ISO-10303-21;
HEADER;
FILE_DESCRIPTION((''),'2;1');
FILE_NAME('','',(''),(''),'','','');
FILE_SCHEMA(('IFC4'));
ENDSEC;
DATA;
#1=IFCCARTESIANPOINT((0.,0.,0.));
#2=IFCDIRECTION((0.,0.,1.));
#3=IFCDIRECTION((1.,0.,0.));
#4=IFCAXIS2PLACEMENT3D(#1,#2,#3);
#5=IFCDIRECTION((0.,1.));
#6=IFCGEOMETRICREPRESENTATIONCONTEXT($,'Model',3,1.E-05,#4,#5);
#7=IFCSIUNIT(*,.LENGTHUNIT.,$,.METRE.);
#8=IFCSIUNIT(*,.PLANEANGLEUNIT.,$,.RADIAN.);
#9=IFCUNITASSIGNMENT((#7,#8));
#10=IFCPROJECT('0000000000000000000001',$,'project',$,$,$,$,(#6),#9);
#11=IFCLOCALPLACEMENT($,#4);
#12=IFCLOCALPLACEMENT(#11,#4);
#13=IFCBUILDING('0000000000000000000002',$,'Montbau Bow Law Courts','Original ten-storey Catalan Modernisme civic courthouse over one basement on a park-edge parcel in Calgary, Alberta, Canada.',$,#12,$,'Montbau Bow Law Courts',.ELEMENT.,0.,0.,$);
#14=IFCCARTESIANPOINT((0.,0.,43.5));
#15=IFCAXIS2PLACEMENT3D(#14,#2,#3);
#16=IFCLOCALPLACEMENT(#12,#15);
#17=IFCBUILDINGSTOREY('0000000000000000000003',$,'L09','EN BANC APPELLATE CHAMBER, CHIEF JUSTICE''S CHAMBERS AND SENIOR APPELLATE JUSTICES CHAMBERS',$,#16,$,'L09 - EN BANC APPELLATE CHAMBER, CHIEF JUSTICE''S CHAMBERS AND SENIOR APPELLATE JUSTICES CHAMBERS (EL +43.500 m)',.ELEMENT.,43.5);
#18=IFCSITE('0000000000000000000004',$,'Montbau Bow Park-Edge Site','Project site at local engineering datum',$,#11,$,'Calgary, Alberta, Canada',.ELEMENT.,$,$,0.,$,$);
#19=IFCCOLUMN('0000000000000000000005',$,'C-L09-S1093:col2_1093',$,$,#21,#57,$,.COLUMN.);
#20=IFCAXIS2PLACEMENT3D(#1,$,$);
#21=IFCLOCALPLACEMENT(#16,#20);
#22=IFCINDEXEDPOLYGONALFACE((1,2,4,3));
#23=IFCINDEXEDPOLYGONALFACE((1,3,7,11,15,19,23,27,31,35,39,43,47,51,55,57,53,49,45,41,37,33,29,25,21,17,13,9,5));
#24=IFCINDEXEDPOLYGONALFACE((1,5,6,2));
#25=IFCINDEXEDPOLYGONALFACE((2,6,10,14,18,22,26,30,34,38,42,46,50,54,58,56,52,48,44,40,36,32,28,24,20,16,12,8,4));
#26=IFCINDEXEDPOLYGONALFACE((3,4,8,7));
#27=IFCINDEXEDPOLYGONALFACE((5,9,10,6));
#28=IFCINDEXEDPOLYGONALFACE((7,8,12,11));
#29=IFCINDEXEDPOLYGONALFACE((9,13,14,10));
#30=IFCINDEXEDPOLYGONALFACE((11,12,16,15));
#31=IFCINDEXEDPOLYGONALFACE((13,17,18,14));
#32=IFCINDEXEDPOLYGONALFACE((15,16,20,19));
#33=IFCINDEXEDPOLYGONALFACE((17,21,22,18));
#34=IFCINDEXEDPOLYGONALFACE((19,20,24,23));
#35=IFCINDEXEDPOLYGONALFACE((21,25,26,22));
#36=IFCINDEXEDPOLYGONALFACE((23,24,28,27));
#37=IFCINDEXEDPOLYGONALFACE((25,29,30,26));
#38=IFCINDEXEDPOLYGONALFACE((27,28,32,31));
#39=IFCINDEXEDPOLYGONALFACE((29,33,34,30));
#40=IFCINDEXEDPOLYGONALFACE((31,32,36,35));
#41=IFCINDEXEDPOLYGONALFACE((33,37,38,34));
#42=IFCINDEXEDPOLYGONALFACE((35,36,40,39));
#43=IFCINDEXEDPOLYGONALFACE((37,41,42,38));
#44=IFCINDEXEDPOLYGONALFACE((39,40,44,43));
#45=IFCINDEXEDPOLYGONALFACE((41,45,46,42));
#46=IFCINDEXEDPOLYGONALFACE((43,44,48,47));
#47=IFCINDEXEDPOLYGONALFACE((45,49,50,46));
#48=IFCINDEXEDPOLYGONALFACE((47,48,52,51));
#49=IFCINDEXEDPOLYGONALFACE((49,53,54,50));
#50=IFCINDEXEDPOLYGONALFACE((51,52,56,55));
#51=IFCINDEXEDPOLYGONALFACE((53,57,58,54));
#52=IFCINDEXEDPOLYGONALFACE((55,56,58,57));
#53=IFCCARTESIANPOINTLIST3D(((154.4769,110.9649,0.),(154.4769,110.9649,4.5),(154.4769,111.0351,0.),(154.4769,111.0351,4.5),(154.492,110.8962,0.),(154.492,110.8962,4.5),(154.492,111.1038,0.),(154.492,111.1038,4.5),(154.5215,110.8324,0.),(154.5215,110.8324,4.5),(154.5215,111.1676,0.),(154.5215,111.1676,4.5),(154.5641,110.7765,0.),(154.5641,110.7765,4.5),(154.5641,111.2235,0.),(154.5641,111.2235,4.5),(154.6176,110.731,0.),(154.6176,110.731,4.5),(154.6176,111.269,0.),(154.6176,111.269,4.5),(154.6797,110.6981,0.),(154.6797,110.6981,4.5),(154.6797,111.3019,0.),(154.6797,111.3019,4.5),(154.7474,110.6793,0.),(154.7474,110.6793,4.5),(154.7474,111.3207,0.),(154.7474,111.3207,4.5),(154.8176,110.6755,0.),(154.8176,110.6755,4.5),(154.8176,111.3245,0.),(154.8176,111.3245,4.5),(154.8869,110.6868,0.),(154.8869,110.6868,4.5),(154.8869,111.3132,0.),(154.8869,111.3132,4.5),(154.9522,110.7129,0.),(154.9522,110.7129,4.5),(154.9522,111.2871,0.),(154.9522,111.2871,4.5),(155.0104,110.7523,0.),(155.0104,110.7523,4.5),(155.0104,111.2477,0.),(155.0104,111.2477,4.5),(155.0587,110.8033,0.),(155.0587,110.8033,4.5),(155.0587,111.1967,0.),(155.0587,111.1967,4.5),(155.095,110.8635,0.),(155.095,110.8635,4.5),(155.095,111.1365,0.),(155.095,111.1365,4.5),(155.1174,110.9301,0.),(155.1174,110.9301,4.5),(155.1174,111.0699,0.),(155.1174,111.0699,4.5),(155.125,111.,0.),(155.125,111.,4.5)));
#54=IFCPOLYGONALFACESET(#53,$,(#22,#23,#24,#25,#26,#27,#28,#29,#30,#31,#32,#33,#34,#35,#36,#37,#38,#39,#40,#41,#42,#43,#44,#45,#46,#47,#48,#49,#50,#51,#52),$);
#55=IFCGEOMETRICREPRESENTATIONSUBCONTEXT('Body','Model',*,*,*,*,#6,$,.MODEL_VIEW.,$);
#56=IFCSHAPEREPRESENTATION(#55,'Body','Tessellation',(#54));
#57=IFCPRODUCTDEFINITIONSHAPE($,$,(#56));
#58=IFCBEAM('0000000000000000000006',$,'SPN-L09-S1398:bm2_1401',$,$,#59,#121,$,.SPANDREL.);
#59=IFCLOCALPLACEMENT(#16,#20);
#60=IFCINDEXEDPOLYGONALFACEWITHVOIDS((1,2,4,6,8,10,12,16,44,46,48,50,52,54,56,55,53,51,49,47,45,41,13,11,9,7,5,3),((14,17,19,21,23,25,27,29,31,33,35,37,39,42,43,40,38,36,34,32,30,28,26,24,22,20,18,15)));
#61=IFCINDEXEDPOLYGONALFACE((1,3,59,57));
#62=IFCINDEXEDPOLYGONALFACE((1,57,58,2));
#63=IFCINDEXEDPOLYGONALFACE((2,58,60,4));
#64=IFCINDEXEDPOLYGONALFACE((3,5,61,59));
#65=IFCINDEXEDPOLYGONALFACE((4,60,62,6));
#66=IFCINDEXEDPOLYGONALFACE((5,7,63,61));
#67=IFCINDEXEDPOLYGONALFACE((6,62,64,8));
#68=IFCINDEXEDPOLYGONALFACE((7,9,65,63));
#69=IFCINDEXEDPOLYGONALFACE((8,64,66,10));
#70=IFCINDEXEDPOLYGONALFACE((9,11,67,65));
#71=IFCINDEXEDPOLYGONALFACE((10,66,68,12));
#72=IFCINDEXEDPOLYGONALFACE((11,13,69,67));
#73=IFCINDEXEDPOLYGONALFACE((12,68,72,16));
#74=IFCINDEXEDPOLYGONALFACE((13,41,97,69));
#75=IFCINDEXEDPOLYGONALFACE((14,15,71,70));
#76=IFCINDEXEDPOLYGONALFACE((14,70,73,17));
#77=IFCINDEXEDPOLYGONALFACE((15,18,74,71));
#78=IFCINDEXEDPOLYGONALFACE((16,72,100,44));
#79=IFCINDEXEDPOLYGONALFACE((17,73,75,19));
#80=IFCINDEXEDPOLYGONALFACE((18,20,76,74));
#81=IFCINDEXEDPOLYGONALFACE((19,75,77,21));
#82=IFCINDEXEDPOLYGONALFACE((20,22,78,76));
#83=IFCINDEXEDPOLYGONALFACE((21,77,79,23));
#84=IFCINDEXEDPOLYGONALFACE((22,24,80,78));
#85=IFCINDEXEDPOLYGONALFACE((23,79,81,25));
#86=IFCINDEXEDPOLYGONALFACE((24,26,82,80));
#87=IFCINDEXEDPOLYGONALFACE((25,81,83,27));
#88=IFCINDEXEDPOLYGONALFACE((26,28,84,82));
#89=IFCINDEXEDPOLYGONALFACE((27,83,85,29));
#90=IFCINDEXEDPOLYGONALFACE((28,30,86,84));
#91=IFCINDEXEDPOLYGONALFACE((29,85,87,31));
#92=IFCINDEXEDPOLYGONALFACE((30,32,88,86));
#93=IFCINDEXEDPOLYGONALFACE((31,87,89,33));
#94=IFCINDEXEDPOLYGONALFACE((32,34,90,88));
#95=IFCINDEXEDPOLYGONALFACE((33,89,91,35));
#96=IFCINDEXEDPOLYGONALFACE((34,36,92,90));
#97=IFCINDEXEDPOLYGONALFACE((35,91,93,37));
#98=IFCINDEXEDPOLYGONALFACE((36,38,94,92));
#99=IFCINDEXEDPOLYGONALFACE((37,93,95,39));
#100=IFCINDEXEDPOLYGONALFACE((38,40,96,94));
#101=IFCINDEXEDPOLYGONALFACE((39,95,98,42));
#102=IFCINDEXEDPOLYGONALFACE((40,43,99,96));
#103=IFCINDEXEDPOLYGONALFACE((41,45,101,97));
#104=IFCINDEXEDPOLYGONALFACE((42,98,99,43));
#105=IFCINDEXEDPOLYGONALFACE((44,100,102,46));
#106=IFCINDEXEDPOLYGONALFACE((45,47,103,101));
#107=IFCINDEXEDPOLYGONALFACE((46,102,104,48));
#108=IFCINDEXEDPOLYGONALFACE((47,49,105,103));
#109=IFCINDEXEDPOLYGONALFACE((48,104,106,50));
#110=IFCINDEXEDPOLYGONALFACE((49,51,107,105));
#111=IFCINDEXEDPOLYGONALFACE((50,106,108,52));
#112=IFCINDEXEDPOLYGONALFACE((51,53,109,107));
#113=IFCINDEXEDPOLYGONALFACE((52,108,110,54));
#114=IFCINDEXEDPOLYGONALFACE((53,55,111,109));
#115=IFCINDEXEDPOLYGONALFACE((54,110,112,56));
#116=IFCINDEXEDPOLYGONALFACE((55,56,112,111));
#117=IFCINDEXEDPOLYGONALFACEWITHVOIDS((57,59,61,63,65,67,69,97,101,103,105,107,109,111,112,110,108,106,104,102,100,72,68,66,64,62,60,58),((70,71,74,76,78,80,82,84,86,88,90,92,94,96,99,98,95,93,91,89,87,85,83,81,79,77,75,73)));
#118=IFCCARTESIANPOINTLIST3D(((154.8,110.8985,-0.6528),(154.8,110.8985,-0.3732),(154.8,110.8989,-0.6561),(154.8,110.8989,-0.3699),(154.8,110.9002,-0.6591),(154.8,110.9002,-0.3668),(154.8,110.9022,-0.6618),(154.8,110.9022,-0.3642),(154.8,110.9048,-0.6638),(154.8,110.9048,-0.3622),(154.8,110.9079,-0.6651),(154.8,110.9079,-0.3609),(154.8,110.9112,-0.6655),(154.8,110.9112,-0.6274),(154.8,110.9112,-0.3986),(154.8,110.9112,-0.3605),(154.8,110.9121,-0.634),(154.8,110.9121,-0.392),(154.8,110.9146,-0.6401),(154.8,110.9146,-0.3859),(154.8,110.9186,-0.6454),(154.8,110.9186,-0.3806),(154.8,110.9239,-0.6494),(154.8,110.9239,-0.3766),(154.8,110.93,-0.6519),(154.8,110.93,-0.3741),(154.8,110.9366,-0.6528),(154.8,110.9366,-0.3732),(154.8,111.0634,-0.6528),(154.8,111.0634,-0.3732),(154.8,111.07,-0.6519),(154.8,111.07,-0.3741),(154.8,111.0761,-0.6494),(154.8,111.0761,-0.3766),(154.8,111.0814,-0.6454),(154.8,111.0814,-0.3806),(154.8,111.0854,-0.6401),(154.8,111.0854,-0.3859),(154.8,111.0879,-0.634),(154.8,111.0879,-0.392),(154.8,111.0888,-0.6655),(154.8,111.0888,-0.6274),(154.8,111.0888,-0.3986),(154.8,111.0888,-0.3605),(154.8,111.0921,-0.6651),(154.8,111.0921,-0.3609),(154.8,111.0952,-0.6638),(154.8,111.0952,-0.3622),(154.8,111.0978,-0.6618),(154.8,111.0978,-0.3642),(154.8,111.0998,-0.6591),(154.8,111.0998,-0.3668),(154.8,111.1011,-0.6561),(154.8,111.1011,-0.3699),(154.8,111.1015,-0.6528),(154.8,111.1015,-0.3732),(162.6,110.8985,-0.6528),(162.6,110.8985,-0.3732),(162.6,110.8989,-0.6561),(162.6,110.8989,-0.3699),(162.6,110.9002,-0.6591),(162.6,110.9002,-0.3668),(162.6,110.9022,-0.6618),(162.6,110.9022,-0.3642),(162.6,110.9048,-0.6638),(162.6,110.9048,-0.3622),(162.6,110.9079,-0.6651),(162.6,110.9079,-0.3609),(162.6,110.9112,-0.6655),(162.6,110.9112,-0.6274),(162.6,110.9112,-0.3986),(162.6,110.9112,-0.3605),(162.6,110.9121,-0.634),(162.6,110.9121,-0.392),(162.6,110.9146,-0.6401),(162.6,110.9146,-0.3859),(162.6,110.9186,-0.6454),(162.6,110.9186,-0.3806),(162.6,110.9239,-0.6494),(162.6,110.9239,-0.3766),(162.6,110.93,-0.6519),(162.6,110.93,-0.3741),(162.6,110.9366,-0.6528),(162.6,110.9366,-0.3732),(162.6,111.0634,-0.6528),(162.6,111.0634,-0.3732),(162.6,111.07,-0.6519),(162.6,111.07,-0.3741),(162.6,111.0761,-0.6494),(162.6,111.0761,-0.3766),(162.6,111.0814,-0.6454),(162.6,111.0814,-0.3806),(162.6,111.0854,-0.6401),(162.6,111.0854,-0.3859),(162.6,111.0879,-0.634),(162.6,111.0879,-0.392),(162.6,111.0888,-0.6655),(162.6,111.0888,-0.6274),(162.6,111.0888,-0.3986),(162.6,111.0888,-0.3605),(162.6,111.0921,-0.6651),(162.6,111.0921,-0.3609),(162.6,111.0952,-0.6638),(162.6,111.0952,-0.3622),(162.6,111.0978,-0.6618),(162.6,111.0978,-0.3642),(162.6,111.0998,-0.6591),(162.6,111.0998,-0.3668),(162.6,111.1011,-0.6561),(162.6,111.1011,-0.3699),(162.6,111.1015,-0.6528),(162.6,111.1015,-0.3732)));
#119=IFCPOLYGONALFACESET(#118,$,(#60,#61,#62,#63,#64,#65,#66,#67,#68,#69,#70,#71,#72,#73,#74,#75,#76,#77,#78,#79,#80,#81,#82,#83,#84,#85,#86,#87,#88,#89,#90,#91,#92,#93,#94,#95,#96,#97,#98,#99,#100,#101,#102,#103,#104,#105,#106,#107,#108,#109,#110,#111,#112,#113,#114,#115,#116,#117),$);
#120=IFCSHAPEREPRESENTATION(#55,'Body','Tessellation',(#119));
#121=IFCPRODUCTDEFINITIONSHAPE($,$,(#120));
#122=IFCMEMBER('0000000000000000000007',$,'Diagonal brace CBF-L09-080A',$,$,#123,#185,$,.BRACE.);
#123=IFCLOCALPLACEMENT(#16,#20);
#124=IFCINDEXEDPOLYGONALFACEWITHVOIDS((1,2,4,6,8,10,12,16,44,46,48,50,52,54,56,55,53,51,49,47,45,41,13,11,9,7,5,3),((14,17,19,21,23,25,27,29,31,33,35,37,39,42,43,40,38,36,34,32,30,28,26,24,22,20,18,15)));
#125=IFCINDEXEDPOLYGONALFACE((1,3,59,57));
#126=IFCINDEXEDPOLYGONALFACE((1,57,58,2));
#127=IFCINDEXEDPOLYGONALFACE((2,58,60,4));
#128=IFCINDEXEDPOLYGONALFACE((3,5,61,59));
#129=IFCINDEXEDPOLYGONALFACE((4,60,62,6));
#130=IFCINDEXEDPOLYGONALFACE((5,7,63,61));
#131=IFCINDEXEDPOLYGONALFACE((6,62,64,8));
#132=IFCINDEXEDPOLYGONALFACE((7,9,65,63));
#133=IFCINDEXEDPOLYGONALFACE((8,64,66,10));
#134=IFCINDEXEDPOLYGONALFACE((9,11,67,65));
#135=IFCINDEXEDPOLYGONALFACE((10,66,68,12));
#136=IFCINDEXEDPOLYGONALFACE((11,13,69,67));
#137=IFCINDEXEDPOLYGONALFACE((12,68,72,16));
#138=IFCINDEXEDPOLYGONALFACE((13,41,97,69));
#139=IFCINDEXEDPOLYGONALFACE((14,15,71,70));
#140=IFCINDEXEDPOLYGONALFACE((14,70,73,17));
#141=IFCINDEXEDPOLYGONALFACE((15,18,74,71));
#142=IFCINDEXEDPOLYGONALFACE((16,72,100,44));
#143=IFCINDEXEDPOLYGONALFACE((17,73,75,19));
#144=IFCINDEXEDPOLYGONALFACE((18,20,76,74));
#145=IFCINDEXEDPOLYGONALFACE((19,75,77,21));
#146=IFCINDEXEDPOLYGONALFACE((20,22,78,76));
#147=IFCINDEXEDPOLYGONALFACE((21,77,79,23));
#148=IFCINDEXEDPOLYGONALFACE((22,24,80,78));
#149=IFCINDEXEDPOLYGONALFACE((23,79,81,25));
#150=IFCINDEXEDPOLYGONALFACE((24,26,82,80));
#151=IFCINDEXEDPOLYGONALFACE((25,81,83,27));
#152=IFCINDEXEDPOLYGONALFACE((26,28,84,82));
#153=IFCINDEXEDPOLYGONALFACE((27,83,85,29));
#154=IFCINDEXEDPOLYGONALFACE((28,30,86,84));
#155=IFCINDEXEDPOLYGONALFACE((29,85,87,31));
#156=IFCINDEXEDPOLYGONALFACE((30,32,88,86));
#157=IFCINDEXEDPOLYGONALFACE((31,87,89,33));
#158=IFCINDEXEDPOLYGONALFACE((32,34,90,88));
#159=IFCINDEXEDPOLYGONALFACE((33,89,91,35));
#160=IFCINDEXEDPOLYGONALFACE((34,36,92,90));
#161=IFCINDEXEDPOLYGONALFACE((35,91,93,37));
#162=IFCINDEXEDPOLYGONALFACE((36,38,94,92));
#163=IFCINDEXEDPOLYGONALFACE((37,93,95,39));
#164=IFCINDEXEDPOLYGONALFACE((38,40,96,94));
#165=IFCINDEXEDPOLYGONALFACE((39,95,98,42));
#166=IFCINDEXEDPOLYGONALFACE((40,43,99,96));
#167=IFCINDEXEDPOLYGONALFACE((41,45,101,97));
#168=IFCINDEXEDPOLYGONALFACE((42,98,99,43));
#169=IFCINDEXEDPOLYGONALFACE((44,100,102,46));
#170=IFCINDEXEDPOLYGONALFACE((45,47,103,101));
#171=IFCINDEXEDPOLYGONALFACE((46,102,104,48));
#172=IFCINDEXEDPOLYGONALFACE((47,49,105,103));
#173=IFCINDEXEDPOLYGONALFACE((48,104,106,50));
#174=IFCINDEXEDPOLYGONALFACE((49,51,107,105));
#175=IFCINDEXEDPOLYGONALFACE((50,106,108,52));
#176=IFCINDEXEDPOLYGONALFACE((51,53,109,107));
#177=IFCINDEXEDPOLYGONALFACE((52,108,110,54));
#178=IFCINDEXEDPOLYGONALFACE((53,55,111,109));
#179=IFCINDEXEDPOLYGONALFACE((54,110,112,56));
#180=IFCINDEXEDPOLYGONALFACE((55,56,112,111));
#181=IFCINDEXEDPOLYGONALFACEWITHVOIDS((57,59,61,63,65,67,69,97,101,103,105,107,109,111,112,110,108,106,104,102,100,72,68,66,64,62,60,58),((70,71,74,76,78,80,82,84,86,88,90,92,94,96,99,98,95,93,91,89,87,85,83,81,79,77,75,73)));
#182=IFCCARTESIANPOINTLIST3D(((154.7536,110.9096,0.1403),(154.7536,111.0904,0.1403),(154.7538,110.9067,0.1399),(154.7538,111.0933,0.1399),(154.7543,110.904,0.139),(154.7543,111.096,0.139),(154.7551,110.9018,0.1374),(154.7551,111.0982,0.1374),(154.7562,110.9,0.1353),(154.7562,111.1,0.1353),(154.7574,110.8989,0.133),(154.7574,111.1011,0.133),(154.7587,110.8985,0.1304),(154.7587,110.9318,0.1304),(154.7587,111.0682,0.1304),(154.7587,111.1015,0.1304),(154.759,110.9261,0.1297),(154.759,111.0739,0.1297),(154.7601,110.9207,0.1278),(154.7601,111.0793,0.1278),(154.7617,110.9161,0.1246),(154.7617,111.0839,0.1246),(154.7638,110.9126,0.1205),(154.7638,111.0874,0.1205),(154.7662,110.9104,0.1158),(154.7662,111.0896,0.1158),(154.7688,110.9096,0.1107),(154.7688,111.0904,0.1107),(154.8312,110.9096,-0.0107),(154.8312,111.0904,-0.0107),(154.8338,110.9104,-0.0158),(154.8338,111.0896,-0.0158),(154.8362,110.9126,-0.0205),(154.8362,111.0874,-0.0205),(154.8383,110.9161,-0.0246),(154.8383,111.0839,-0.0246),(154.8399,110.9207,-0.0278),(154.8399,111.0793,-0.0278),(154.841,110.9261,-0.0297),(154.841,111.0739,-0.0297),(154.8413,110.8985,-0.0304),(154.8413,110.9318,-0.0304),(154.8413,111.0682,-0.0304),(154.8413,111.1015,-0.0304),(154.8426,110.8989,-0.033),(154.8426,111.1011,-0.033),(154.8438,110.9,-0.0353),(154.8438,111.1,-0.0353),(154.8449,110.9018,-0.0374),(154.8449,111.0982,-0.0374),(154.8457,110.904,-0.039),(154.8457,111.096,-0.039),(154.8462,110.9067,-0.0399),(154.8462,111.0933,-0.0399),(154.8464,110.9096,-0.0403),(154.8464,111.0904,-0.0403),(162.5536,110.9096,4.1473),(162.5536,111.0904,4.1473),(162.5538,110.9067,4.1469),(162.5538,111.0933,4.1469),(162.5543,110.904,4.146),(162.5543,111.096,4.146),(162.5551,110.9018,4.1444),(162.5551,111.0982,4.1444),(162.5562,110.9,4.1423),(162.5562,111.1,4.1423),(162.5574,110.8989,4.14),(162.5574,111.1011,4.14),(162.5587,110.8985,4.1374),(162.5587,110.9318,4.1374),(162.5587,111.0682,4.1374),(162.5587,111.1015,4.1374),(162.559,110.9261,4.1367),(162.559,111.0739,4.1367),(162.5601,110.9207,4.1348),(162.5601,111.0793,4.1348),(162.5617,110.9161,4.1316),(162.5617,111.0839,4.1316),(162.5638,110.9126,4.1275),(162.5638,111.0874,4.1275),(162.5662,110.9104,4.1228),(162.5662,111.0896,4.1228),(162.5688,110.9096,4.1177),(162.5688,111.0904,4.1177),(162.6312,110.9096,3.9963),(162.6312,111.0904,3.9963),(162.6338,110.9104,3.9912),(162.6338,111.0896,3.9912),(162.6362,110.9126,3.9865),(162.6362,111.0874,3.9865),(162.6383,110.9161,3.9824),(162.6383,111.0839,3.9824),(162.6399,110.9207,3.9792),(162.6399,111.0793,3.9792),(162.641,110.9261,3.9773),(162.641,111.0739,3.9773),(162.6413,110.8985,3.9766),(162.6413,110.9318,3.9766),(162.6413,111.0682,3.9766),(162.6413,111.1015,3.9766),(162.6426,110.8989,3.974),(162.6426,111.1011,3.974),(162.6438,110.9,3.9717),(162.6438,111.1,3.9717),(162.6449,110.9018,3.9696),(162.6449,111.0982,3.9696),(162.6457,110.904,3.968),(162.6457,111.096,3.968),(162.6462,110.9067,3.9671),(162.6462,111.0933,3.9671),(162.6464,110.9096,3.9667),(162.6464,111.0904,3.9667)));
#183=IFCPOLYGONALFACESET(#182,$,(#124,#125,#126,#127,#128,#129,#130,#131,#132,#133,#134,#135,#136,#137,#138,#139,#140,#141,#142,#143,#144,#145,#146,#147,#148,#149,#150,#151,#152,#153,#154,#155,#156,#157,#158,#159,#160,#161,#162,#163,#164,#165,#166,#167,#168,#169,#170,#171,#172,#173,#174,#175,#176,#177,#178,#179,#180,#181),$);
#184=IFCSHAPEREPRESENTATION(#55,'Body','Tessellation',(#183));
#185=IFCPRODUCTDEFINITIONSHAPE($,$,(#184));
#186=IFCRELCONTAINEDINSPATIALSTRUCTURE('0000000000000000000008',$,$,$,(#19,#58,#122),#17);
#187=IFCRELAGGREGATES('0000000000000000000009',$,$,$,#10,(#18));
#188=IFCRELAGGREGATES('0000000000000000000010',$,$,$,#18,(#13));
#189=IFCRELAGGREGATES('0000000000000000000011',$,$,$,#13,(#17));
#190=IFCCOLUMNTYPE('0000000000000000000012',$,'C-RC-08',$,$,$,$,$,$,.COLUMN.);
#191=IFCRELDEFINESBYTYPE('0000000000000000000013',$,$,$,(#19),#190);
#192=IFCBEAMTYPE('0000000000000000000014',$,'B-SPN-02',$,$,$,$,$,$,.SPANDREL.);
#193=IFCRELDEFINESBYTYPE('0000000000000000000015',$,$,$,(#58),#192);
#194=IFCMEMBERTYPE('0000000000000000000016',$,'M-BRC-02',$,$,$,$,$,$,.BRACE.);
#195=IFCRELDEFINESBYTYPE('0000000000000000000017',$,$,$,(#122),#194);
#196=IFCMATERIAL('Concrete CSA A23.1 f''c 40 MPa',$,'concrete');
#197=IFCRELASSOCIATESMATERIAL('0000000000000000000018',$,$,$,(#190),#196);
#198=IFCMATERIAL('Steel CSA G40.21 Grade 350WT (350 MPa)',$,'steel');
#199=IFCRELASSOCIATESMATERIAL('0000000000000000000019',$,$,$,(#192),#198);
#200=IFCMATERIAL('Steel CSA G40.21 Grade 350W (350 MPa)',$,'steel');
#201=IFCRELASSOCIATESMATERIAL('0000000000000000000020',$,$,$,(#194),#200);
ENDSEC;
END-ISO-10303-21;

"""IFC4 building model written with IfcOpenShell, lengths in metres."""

from ifc_helpers import new_model, si_unit, direction, frame, origin_with_axes, origin_2d_with_axis, place, context, subcontext, project, spatial, hollow_rectangle, circle, extrude, material, material_profile, profile_set, type_object, element, save


model = new_model("IFC4")

# Units and contexts
model_context = context("Model", 3, precision=1e-05, world=origin_with_axes(), true_north=direction((0.0, 1.0)))
body_context = subcontext(model_context, "Body", "Model", "MODEL_VIEW")
ifc_project = project(units=[si_unit("LENGTHUNIT", "METRE"), si_unit("PLANEANGLEUNIT", "RADIAN")], contexts=[model_context])

# Site, building, storey
site_placement = place(None, origin_with_axes())
site = spatial("IfcSite", under=ifc_project, at=site_placement, Name="Montbau Bow Park-Edge Site", Description="Project site at local engineering datum", LongName="Calgary, Alberta, Canada", CompositionType="ELEMENT", RefElevation=0.0)
building_placement = place(site_placement, origin_with_axes())
building = spatial("IfcBuilding", under=site, at=building_placement, Name="Montbau Bow Law Courts", Description="Original ten-storey Catalan Modernisme civic courthouse over one basement on a park-edge parcel in Calgary, Alberta, Canada.", LongName="Montbau Bow Law Courts", CompositionType="ELEMENT", ElevationOfRefHeight=0.0, ElevationOfTerrain=0.0)
storey_placement = place(building_placement, frame((0.0, 0.0, 43.5), z_axis=(0.0, 0.0, 1.0), x_axis=(1.0, 0.0, 0.0)))
storey = spatial("IfcBuildingStorey", under=building, at=storey_placement, Name="L09", Description="EN BANC APPELLATE CHAMBER, CHIEF JUSTICE'S CHAMBERS AND SENIOR APPELLATE JUSTICES CHAMBERS", LongName="L09 - EN BANC APPELLATE CHAMBER, CHIEF JUSTICE'S CHAMBERS AND SENIOR APPELLATE JUSTICES CHAMBERS (EL +43.500 m)", CompositionType="ELEMENT", Elevation=43.5)

# Column
ifc_material_1 = material(Name="Concrete CSA A23.1 f'c 40 MPa", Category="concrete")
ifc_material_profile_1 = material_profile(ifc_material_1, circle(Radius=0.325, at=origin_2d_with_axis()), Name="RC650D", Category="Main", Priority=0)
ifc_profile_set_1 = profile_set([ifc_material_profile_1], Name="Concrete CSA A23.1 f'c 40 MPa")
column_type = type_object("IfcColumnType", Name="C-RC-08", PredefinedType="COLUMN", material=ifc_profile_set_1)
column_placement = place(None, frame((154.8, 111.0, 43.5), z_axis=(0.0, 0.0, 1.0), x_axis=(1.0, 0.0, 0.0)))
element("IfcColumn", 1, at=column_placement, inside=storey, type_object=column_type, Name="C-L09-S1093:col2_1093", PredefinedType="COLUMN", context=body_context, shape_type="SweptSolid", body=[
    extrude(circle(Radius=0.325, at=origin_2d_with_axis()), origin_with_axes(), (0.0, 0.0, 1.0), 4.5),
])

# Beam
ifc_material_2 = material(Name="Steel CSA G40.21 Grade 350WT (350 MPa)", Category="steel")
ifc_material_profile_2 = material_profile(ifc_material_2, hollow_rectangle(XDim=0.203, YDim=0.305, WallThickness=0.0127, InnerFilletRadius=0.0254, OuterFilletRadius=0.0127, at=origin_2d_with_axis()), Name="HSS305X203X13", Category="Main", Priority=0)
ifc_profile_set_2 = profile_set([ifc_material_profile_2], Name="Steel CSA G40.21 Grade 350WT (350 MPa)")
beam_type = type_object("IfcBeamType", Name="B-SPN-02", PredefinedType="SPANDREL", material=ifc_profile_set_2)
beam_placement = place(None, frame((154.8, 111.0, 42.987), z_axis=(1.0, 0.0, 0.0), x_axis=(0.0, 1.0, 0.0)))
element("IfcBeam", 2, at=beam_placement, inside=storey, type_object=beam_type, Name="SPN-L09-S1398:bm2_1401", PredefinedType="SPANDREL", context=body_context, shape_type="SweptSolid", body=[
    extrude(hollow_rectangle(XDim=0.203, YDim=0.305, WallThickness=0.0127, InnerFilletRadius=0.0254, OuterFilletRadius=0.0127, at=origin_2d_with_axis()), origin_with_axes(), (0.0, 0.0, 1.0), 7.8),
])

# Member
ifc_material_3 = material(Name="Steel CSA G40.21 Grade 350W (350 MPa)", Category="steel")
ifc_material_profile_3 = material_profile(ifc_material_3, hollow_rectangle(XDim=0.203, YDim=0.203, WallThickness=0.0111, InnerFilletRadius=0.0222, OuterFilletRadius=0.0111, at=origin_2d_with_axis()), Name="HSS203X203X11", Category="Main", Priority=0)
ifc_profile_set_3 = profile_set([ifc_material_profile_3], Name="Steel CSA G40.21 Grade 350W (350 MPa)")
member_type_1 = type_object("IfcMemberType", Name="M-BRC-02", PredefinedType="BRACE", material=ifc_profile_set_3)
member_1_placement = place(None, frame((154.8, 111.0, 43.55), z_axis=(0.889493, 0.0, 0.456949), x_axis=(0.0, 1.0, 0.0)))
element("IfcMember", 3, at=member_1_placement, inside=storey, type_object=member_type_1, Name="Diagonal brace CBF-L09-080A", PredefinedType="BRACE", context=body_context, shape_type="SweptSolid", body=[
    extrude(hollow_rectangle(XDim=0.203, YDim=0.203, WallThickness=0.0111, InnerFilletRadius=0.0222, OuterFilletRadius=0.0111, at=origin_2d_with_axis()), origin_with_axes(), (0.0, 0.0, 1.0), 8.769),
])

save(model, "model.ifc")
